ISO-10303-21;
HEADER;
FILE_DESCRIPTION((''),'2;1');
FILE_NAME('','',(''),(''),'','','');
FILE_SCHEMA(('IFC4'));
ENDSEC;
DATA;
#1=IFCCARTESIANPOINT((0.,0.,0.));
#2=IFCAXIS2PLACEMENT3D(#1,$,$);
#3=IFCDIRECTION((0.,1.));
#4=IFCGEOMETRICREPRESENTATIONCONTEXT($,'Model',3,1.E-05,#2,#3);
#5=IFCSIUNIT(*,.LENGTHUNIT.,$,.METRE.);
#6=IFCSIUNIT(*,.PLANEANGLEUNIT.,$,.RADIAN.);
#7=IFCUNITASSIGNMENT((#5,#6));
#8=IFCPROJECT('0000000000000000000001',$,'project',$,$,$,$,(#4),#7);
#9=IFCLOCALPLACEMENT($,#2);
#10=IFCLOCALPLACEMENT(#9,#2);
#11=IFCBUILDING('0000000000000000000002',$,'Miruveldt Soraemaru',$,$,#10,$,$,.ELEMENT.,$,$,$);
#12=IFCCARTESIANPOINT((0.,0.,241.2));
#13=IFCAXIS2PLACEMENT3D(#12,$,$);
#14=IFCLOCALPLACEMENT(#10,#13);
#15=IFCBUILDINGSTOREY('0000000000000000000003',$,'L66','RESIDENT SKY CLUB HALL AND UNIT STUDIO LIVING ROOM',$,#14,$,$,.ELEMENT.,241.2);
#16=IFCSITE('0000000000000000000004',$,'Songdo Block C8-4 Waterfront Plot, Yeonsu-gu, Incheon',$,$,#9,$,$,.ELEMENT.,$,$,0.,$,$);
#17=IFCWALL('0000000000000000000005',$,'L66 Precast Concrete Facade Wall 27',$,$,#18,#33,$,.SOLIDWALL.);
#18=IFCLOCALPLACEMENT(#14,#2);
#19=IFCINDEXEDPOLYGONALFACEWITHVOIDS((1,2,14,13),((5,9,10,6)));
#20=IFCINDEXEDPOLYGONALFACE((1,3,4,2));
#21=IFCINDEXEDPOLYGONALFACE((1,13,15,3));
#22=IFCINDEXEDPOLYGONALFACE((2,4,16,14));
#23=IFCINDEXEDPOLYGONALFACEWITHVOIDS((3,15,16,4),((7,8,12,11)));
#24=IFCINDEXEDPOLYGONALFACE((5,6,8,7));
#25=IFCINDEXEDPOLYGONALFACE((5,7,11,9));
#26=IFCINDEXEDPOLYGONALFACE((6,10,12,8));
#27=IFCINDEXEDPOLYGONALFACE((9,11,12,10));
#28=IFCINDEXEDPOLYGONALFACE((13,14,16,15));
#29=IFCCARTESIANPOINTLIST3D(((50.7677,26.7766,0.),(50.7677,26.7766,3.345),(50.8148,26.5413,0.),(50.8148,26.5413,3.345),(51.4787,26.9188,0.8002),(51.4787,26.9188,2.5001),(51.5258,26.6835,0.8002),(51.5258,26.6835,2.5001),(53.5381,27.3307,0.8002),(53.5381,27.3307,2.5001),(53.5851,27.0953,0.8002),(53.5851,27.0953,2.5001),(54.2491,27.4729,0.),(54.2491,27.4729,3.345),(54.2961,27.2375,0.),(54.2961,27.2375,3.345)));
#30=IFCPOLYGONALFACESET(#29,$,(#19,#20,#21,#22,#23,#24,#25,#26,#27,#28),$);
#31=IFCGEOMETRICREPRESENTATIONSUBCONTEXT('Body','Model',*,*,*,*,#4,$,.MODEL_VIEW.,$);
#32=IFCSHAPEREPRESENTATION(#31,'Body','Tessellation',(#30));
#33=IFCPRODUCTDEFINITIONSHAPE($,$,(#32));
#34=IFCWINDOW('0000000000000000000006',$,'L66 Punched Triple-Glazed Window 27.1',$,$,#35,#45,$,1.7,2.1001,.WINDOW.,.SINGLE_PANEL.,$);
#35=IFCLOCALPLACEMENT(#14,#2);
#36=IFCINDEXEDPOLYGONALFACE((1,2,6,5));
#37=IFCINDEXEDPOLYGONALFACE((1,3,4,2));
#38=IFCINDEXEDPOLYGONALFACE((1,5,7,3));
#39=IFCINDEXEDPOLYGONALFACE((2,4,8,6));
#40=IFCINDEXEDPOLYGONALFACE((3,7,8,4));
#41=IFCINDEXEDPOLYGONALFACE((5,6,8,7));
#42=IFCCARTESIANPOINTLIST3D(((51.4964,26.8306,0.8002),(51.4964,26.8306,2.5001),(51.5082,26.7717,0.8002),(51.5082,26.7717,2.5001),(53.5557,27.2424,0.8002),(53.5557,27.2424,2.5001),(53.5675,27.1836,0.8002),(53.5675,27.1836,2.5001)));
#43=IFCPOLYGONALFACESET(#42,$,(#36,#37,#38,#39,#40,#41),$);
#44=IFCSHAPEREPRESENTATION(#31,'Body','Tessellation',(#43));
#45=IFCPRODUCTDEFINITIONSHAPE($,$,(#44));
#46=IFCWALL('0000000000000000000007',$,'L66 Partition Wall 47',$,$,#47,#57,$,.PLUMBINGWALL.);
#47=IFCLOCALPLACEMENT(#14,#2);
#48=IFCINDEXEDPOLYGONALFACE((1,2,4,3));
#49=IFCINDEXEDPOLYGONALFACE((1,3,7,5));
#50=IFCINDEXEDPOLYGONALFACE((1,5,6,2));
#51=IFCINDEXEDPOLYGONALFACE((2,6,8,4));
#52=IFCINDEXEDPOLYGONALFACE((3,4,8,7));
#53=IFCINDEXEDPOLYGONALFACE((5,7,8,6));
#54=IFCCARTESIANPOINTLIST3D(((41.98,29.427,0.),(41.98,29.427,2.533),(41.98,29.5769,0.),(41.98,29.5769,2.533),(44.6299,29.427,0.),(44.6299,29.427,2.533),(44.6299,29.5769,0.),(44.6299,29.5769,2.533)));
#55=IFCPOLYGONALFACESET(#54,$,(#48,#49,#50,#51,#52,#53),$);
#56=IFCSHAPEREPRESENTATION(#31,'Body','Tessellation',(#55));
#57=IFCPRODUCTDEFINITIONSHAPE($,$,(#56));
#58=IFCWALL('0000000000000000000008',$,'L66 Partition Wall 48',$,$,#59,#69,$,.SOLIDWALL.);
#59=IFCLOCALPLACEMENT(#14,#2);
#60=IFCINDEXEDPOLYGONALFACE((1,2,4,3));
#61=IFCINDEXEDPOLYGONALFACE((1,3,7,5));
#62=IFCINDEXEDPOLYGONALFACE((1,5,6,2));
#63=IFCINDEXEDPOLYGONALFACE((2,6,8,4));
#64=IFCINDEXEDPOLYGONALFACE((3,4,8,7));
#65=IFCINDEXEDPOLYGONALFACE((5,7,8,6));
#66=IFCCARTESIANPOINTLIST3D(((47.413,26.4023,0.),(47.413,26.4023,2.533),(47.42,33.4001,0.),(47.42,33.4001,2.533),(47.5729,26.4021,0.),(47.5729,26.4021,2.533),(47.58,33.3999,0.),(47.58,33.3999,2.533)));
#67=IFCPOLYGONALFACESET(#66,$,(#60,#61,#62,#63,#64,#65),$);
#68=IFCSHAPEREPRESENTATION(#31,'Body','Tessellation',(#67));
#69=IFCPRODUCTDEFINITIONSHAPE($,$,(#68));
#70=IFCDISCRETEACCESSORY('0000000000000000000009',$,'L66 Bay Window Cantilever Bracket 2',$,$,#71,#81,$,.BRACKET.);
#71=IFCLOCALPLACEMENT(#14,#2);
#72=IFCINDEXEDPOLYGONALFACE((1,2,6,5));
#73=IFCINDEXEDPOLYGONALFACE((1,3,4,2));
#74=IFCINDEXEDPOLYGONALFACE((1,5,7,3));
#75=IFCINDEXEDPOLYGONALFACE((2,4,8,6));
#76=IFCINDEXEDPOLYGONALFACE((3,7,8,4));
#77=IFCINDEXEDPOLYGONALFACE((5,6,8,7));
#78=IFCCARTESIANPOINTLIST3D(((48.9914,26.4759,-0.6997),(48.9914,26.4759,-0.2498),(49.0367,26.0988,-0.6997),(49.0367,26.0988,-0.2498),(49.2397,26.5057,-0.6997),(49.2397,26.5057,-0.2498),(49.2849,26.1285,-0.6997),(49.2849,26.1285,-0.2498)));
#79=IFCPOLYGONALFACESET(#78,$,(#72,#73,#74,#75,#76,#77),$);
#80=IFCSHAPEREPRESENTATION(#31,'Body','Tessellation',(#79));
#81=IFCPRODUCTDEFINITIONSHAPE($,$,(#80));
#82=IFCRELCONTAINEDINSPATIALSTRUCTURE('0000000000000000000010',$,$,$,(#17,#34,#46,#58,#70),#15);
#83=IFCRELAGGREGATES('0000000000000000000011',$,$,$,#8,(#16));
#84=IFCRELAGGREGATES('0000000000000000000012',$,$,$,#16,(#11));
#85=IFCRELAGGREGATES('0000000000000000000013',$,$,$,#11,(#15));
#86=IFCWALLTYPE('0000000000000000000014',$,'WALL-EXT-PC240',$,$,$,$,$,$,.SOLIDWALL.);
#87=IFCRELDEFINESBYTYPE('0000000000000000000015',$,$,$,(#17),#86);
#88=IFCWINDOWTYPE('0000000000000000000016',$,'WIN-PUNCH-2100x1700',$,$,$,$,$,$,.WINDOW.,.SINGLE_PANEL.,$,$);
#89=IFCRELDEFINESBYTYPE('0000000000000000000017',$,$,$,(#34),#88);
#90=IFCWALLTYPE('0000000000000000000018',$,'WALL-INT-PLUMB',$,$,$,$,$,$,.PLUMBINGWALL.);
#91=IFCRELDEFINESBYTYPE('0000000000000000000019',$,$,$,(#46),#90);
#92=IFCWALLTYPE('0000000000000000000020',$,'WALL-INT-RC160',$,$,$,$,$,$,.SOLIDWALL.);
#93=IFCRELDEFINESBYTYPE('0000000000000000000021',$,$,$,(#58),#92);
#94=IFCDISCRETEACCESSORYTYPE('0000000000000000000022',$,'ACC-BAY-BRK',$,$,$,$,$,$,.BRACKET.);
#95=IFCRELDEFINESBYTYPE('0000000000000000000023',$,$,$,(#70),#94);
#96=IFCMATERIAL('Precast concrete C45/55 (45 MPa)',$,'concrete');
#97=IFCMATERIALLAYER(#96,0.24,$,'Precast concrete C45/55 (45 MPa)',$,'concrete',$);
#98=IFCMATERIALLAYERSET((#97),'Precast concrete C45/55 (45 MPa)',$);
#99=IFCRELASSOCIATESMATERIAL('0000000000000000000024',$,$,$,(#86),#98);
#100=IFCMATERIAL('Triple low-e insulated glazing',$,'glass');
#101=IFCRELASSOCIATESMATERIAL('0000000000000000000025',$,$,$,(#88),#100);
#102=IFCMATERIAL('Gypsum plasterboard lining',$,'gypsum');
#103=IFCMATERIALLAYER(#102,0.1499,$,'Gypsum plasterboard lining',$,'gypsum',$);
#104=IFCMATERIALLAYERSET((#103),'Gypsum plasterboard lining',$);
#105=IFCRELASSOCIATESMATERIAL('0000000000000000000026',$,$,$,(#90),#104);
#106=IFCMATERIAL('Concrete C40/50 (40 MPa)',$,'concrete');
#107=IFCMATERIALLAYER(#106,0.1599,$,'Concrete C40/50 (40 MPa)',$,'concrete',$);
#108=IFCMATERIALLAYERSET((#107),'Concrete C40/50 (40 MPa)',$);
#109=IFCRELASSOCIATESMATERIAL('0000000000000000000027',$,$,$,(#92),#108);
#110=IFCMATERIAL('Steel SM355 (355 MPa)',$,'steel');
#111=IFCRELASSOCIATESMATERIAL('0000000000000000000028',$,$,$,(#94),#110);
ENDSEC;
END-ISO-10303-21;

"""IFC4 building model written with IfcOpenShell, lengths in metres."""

from ifc_helpers import new_model, si_unit, direction, frame, frame_2d, origin, origin_2d, place, context, subcontext, project, spatial, rectangle, extrude, material, layer, layer_set, type_object, element, fill, save


model = new_model("IFC4")

# Units and contexts
model_context = context("Model", 3, precision=1e-05, world=origin(), true_north=direction((0.0, 1.0)))
body_context = subcontext(model_context, "Body", "Model", "MODEL_VIEW")
ifc_project = project(units=[si_unit("LENGTHUNIT", "METRE"), si_unit("PLANEANGLEUNIT", "RADIAN")], contexts=[model_context])

# Site, building, storey
site_placement = place(None, origin())
site = spatial("IfcSite", under=ifc_project, at=site_placement, Name="Songdo Block C8-4 Waterfront Plot, Yeonsu-gu, Incheon", CompositionType="ELEMENT", RefElevation=0.0)
building_placement = place(site_placement, origin())
building = spatial("IfcBuilding", under=site, at=building_placement, Name="Miruveldt Soraemaru", CompositionType="ELEMENT")
storey_placement = place(building_placement, frame((0.0, 0.0, 241.2)))
storey = spatial("IfcBuildingStorey", under=building, at=storey_placement, Name="L66", Description="RESIDENT SKY CLUB HALL AND UNIT STUDIO LIVING ROOM", CompositionType="ELEMENT", Elevation=241.2)

# Shared definitions
ifc_material_1 = material(Name="Triple low-e insulated glazing", Category="glass")
ifc_material_2 = material(Name="Precast concrete C45/55 (45 MPa)", Category="concrete")
ifc_layer_1 = layer(ifc_material_2, 0.24, Name="Precast concrete C45/55 (45 MPa)", Category="concrete")
ifc_layer_set_1 = layer_set([ifc_layer_1], Name="Precast concrete C45/55 (45 MPa)")
wall_type_1 = type_object("IfcWallType", Name="WALL-EXT-PC240", PredefinedType="SOLIDWALL", material=ifc_layer_set_1)
window_type_1 = type_object("IfcWindowType", Name="WIN-PUNCH-2100x1700", PartitioningType="SINGLE_PANEL", PredefinedType="WINDOW", material=ifc_material_1)

# Wall, opening, window
wall_1_placement = place(storey_placement, frame((50.7913, 26.6589, 0.0), z_axis=(0.0, 0.0, 1.0), x_axis=(0.980581, 0.196116, 0.0)))
wall_1 = element("IfcWall", 1, at=wall_1_placement, inside=storey, type_object=wall_type_1, Name="L66 Precast Concrete Facade Wall 27", PredefinedType="SOLIDWALL", context=body_context, shape_type="SweptSolid", body=[
    extrude(rectangle(XDim=3.5503, YDim=0.24, at=frame_2d((1.7751, 0.0))), origin(), (0.0, 0.0, 1.0), 3.345),
])
opening_1_placement = place(wall_1_placement, frame((0.7251, 0.0, 0.8)))
opening_1 = element("IfcOpeningElement", 2, at=opening_1_placement, cuts=wall_1, PredefinedType="OPENING", context=body_context, shape_type="SweptSolid", body=[
    extrude(rectangle(XDim=2.1001, YDim=1.7, at=frame_2d((1.05, 0.8501))), frame((0.0, 0.1299, 0.0), z_axis=(0.0, -1.0, 0.0), x_axis=(1.0, 0.0, 0.0)), (0.0, 0.0, 1.0), 0.26),
])
window_1_placement = place(opening_1_placement, origin())
window_1 = element("IfcWindow", 3, at=window_1_placement, inside=storey, type_object=window_type_1, Name="L66 Punched Triple-Glazed Window 27.1", OverallHeight=1.7, OverallWidth=2.1001, PartitioningType="SINGLE_PANEL", PredefinedType="WINDOW", context=body_context, shape_type="SweptSolid", body=[
    extrude(rectangle(XDim=2.1001, YDim=1.7, at=frame_2d((1.05, 0.8501))), frame((0.0, 0.03, 0.0), z_axis=(0.0, -1.0, 0.0), x_axis=(1.0, 0.0, 0.0)), (0.0, 0.0, 1.0), 0.0601),
])
fill(opening_1, window_1)

# Walls
ifc_material_3 = material(Name="Gypsum plasterboard lining", Category="gypsum")
ifc_layer_2 = layer(ifc_material_3, 0.1499, Name="Gypsum plasterboard lining", Category="gypsum")
ifc_layer_set_2 = layer_set([ifc_layer_2], Name="Gypsum plasterboard lining")
wall_type_2 = type_object("IfcWallType", Name="WALL-INT-PLUMB", PredefinedType="PLUMBINGWALL", material=ifc_layer_set_2)
wall_2_placement = place(storey_placement, frame((41.98, 29.502, 0.0), z_axis=(0.0, 0.0, 1.0), x_axis=(1.0, 0.0, 0.0)))
element("IfcWall", 4, at=wall_2_placement, inside=storey, type_object=wall_type_2, Name="L66 Partition Wall 47", PredefinedType="PLUMBINGWALL", context=body_context, shape_type="SweptSolid", body=[
    extrude(rectangle(XDim=2.6499, YDim=0.1499, at=frame_2d((1.325, 0.0))), origin(), (0.0, 0.0, 1.0), 2.533),
])
ifc_material_4 = material(Name="Concrete C40/50 (40 MPa)", Category="concrete")
ifc_layer_3 = layer(ifc_material_4, 0.1599, Name="Concrete C40/50 (40 MPa)", Category="concrete")
ifc_layer_set_3 = layer_set([ifc_layer_3], Name="Concrete C40/50 (40 MPa)")
wall_type_3 = type_object("IfcWallType", Name="WALL-INT-RC160", PredefinedType="SOLIDWALL", material=ifc_layer_set_3)
wall_3_placement = place(storey_placement, frame((47.4929, 26.4021, 0.0), z_axis=(0.0, 0.0, 1.0), x_axis=(0.001012, 0.999999, 0.0)))
element("IfcWall", 5, at=wall_3_placement, inside=storey, type_object=wall_type_3, Name="L66 Partition Wall 48", PredefinedType="SOLIDWALL", context=body_context, shape_type="SweptSolid", body=[
    extrude(rectangle(XDim=6.9978, YDim=0.1599, at=frame_2d((3.499, 0.0))), origin(), (0.0, 0.0, 1.0), 2.533),
])

# Discrete accessory
ifc_material_5 = material(Name="Steel SM355 (355 MPa)", Category="steel")
discrete_accessory_type = type_object("IfcDiscreteAccessoryType", Name="ACC-BAY-BRK", PredefinedType="BRACKET", material=ifc_material_5)
discrete_accessory_placement = place(storey_placement, frame((49.1382, 26.3022, -0.6997), z_axis=(0.0, 0.0, 1.0), x_axis=(0.119132, -0.992878, 0.0)))
element("IfcDiscreteAccessory", 6, at=discrete_accessory_placement, inside=storey, type_object=discrete_accessory_type, Name="L66 Bay Window Cantilever Bracket 2", PredefinedType="BRACKET", context=body_context, shape_type="SweptSolid", body=[
    extrude(rectangle(XDim=0.3799, YDim=0.25, at=origin_2d()), origin(), (0.0, 0.0, 1.0), 0.45),
])

save(model, "model.ifc")
